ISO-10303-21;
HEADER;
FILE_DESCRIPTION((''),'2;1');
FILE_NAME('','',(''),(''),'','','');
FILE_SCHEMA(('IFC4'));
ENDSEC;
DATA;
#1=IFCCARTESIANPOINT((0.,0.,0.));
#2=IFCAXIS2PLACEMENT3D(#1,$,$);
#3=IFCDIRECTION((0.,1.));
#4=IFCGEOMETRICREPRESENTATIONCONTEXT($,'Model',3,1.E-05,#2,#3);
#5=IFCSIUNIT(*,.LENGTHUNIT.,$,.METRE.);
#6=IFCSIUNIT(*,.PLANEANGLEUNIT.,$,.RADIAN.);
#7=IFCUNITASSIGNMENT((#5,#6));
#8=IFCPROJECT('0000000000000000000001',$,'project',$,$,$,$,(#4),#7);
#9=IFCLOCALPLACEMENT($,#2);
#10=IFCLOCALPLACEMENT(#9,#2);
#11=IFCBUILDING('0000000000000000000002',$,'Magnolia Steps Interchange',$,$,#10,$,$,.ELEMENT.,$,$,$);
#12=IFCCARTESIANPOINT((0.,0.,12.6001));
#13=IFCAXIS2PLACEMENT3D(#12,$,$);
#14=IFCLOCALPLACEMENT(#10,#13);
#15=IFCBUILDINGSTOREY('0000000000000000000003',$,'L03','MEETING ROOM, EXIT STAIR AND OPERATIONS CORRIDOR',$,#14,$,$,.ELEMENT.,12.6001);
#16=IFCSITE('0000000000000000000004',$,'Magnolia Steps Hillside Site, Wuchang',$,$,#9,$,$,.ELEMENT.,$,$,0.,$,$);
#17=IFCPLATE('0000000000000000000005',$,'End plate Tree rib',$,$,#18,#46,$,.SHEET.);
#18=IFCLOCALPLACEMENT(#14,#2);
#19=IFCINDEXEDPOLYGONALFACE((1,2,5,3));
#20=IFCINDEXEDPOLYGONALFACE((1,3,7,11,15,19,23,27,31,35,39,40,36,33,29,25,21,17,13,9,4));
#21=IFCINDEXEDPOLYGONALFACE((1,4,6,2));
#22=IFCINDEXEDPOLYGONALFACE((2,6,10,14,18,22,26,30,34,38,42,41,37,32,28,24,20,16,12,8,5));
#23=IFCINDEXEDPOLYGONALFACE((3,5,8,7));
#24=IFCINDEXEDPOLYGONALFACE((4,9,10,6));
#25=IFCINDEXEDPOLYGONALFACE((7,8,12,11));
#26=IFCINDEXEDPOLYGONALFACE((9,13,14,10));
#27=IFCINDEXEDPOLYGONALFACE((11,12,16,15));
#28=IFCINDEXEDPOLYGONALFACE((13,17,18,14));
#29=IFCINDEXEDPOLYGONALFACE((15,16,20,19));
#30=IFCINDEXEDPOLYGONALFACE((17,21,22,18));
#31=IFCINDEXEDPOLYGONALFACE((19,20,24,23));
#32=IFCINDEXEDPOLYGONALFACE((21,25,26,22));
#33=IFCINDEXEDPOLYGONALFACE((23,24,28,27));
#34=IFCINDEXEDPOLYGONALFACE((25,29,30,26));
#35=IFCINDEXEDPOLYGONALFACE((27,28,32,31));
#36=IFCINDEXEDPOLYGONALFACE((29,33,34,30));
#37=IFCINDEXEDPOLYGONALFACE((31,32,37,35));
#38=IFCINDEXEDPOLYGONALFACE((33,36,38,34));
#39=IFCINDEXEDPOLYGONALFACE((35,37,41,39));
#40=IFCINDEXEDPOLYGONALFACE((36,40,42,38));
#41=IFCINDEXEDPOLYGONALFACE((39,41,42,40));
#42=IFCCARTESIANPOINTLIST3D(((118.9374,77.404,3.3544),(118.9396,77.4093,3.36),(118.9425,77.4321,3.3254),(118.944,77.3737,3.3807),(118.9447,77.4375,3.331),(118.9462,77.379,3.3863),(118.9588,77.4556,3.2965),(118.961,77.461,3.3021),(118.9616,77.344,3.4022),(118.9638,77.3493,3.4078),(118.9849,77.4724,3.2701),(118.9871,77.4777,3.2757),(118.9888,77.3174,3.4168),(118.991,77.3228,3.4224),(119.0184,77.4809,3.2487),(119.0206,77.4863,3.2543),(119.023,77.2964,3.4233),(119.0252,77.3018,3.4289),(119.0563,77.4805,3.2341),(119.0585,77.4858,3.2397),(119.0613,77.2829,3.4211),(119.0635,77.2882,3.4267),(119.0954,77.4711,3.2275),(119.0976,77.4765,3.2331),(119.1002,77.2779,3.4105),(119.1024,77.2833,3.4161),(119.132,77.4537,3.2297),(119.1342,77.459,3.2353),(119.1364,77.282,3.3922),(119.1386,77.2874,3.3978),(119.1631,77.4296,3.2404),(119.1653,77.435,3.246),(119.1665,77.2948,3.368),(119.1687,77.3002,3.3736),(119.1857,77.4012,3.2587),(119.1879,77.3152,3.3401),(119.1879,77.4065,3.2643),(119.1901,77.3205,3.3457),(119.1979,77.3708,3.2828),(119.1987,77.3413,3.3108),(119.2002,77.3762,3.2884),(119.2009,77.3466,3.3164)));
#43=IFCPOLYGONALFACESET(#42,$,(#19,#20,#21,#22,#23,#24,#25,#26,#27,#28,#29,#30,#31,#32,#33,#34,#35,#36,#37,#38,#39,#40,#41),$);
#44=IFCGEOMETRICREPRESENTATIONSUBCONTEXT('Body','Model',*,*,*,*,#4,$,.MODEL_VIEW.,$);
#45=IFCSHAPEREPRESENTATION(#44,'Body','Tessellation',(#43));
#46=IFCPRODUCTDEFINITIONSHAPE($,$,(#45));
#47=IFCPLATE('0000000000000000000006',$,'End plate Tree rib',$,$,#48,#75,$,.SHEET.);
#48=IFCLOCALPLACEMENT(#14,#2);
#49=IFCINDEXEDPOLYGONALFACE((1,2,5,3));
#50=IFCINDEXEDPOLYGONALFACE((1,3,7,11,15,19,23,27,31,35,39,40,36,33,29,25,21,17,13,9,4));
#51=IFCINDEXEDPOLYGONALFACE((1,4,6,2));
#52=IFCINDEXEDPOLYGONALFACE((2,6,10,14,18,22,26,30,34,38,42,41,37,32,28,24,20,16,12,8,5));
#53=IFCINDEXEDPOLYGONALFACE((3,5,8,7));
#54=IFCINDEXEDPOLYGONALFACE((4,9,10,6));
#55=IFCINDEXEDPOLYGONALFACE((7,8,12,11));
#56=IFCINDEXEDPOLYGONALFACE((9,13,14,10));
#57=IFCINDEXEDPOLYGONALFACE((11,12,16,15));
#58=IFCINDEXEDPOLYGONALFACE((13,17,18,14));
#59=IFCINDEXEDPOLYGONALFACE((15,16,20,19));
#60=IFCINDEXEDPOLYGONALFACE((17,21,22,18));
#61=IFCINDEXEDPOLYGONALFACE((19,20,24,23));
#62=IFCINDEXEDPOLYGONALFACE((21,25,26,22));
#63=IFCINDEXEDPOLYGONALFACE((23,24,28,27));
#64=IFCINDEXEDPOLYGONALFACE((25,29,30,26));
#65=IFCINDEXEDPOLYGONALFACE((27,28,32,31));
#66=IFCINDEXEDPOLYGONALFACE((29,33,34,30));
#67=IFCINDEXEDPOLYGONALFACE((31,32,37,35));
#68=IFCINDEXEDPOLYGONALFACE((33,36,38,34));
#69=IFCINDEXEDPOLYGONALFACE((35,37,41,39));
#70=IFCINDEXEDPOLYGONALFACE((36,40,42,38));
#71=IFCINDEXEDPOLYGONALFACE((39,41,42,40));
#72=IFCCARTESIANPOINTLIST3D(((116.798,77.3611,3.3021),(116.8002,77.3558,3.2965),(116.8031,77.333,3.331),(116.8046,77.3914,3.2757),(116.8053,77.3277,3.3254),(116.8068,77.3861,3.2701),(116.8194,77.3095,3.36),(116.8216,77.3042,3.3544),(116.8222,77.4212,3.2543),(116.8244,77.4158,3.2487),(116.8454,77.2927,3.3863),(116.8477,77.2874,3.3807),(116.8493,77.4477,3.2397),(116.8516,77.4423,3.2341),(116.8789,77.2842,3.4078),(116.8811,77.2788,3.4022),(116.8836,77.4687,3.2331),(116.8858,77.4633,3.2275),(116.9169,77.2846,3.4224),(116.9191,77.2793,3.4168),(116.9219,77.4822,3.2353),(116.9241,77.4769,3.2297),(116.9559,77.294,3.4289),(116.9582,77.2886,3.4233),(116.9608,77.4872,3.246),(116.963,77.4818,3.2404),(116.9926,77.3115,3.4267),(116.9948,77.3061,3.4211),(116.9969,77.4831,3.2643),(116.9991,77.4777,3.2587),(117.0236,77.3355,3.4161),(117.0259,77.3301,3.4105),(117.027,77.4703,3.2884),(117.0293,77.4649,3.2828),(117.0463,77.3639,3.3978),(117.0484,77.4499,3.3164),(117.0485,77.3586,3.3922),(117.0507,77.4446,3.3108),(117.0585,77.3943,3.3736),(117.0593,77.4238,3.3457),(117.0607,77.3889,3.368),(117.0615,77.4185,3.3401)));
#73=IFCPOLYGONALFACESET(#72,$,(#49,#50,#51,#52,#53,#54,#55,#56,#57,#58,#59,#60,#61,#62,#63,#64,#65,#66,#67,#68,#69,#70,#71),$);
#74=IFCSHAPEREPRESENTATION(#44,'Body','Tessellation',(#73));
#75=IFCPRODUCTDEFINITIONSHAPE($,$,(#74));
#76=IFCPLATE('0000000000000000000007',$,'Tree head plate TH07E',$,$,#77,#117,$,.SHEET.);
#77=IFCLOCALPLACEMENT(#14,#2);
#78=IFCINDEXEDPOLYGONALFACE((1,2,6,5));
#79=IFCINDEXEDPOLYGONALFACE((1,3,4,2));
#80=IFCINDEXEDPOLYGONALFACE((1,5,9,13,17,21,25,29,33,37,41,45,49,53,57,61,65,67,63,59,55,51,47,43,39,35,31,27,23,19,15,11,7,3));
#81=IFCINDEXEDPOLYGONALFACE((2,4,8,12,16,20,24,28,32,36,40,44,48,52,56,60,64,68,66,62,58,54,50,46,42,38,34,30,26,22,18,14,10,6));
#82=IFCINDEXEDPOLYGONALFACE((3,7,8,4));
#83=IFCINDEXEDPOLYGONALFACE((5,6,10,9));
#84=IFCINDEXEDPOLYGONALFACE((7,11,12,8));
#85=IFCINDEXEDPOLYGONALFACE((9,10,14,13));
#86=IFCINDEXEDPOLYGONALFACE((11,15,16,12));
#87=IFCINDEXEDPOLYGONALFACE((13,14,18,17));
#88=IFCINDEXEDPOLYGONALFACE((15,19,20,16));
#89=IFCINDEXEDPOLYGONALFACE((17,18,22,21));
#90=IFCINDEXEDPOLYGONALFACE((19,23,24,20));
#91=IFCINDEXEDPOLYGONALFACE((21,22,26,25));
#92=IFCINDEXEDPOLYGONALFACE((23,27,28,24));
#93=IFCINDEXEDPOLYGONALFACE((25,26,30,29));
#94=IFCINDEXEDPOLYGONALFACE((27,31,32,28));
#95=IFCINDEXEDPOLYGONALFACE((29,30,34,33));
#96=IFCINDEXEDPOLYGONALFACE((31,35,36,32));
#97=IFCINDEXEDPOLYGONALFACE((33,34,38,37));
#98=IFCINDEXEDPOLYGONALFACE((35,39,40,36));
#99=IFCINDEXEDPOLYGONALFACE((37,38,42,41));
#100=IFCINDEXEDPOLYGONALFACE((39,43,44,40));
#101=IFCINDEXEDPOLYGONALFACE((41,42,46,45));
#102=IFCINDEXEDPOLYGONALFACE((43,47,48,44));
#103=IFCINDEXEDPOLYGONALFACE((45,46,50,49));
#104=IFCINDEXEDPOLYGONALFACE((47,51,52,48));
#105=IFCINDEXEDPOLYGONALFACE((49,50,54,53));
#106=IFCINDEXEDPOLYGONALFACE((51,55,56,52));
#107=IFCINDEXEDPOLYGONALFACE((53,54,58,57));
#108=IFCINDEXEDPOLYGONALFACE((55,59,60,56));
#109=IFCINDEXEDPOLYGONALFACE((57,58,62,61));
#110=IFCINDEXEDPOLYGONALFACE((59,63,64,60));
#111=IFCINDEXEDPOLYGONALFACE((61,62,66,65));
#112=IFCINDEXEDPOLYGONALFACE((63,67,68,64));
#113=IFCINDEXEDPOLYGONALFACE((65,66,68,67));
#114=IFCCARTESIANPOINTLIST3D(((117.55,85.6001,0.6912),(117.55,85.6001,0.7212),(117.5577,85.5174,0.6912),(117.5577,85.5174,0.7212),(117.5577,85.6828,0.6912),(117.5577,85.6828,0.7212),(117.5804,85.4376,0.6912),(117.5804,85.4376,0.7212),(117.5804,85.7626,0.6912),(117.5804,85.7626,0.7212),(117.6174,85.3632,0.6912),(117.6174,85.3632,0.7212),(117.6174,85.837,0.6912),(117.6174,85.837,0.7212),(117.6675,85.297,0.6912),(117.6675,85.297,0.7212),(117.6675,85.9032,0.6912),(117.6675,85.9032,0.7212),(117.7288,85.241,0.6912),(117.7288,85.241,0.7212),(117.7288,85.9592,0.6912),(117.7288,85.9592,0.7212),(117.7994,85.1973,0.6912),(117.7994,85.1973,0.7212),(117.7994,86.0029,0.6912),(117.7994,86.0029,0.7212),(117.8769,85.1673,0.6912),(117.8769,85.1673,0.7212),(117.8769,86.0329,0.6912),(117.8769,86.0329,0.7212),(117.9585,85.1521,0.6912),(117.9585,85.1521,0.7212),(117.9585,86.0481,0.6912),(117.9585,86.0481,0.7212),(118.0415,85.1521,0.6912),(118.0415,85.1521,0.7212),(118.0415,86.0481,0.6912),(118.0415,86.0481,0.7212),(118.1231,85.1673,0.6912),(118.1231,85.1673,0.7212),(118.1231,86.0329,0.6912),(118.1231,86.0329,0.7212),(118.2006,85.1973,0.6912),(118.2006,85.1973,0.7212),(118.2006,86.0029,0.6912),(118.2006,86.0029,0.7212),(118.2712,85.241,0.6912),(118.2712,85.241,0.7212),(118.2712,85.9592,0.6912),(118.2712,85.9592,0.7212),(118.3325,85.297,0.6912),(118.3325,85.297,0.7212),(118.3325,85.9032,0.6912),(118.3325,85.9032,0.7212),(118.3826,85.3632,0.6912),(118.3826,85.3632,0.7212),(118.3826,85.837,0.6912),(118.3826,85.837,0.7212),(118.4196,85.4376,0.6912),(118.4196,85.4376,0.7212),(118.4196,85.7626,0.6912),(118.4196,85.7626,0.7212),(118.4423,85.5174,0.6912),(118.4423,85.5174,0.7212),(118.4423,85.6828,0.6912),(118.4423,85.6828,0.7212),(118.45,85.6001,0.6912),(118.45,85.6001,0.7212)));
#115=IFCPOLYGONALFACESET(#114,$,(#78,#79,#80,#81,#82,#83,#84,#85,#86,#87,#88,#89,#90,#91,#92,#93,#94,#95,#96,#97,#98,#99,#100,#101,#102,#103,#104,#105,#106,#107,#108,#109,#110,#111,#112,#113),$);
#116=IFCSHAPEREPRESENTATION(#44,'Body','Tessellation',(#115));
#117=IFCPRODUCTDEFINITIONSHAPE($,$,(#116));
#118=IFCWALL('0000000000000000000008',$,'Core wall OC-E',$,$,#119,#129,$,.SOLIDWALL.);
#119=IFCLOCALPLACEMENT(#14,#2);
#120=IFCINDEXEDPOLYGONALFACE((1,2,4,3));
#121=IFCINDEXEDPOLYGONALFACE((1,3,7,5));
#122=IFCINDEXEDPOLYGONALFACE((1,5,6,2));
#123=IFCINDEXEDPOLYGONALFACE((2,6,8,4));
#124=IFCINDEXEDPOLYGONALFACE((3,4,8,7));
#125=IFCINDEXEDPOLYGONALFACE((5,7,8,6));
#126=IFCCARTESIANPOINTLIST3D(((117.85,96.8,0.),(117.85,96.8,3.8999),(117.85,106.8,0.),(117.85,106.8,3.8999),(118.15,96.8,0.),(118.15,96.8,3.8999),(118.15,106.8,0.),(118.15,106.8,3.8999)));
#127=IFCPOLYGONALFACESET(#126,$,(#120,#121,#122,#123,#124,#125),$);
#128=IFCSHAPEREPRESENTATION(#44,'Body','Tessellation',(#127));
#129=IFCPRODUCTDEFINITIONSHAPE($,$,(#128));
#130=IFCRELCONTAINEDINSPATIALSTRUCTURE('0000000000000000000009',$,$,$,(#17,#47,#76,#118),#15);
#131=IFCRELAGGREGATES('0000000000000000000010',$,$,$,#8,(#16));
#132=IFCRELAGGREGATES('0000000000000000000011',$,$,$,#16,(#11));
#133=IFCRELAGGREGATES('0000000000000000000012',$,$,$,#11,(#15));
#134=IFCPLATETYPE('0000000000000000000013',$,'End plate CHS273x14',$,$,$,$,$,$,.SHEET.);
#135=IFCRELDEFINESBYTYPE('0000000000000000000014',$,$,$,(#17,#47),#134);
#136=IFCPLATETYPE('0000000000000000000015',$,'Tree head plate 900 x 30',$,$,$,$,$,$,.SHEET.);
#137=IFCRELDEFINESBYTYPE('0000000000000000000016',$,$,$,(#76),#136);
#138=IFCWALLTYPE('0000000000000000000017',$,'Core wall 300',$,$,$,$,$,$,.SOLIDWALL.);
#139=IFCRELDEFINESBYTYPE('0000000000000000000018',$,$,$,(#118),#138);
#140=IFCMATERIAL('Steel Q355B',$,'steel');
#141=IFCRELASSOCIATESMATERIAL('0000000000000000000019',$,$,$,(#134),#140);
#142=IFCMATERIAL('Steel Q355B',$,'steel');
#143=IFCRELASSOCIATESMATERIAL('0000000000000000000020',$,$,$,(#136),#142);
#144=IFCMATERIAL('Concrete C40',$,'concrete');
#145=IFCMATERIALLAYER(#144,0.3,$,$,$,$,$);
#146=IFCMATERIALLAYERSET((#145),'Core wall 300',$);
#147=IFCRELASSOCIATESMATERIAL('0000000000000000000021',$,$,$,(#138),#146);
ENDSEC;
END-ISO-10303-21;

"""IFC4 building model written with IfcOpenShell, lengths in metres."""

from ifc_helpers import new_model, si_unit, direction, frame, frame_2d, origin, origin_2d, place, context, subcontext, project, spatial, rectangle, circle, extrude, material, layer, layer_set, material_profile, profile_set, type_object, element, save


model = new_model("IFC4")

# Units and contexts
model_context = context("Model", 3, precision=1e-05, world=origin(), true_north=direction((0.0, 1.0)))
body_context = subcontext(model_context, "Body", "Model", "MODEL_VIEW")
ifc_project = project(units=[si_unit("LENGTHUNIT", "METRE"), si_unit("PLANEANGLEUNIT", "RADIAN")], contexts=[model_context])

# Site, building, storey
site_placement = place(None, origin())
site = spatial("IfcSite", under=ifc_project, at=site_placement, Name="Magnolia Steps Hillside Site, Wuchang", CompositionType="ELEMENT", RefElevation=0.0)
building_placement = place(site_placement, origin())
building = spatial("IfcBuilding", under=site, at=building_placement, Name="Magnolia Steps Interchange", CompositionType="ELEMENT")
storey_placement = place(building_placement, frame((0.0, 0.0, 12.6001)))
storey = spatial("IfcBuildingStorey", under=building, at=storey_placement, Name="L03", Description="MEETING ROOM, EXIT STAIR AND OPERATIONS CORRIDOR", CompositionType="ELEMENT", Elevation=12.6001)

# Plates
ifc_material_1 = material(Name="Steel Q355B", Category="steel")
ifc_material_profile_1 = material_profile(ifc_material_1, circle(Radius=0.1365, at=origin_2d()), Name="End plate CHS273x14")
ifc_profile_set_1 = profile_set([ifc_material_profile_1], Name="Steel Q355B")
plate_type_1 = type_object("IfcPlateType", Name="End plate CHS273x14", PredefinedType="SHEET", material=ifc_profile_set_1)
for number, where, z_axis, x_axis, name in (
    (1, (119.0686, 77.3799, 3.3254), (0.275279, 0.664583, 0.694658), (-0.92388, 0.382683, 0.0), "End plate Tree rib"),
    (2, (116.9314, 77.3799, 3.3254), (-0.275279, 0.664583, 0.694658), (-0.92388, -0.382683, 0.0), "End plate Tree rib"),
):
    element("IfcPlate", number, at=place(storey_placement, frame(where, z_axis=z_axis, x_axis=x_axis)), inside=storey, type_object=plate_type_1, Name=name, PredefinedType="SHEET", context=body_context, shape_type="SweptSolid", body=[
        extrude(circle(Radius=0.1365, at=origin_2d()), origin(), (0.0, 0.0, 1.0), 0.0081),
    ])
ifc_material_2 = material(Name="Steel Q355B", Category="steel")
ifc_material_profile_2 = material_profile(ifc_material_2, circle(Radius=0.45, at=origin_2d()), Name="Tree head plate 900 x 30")
ifc_profile_set_2 = profile_set([ifc_material_profile_2], Name="Steel Q355B")
plate_type_2 = type_object("IfcPlateType", Name="Tree head plate 900 x 30", PredefinedType="SHEET", material=ifc_profile_set_2)
plate_placement = place(storey_placement, frame((118.0, 85.6001, 0.6912), z_axis=(0.0, 0.0, 1.0), x_axis=(1.0, 0.0, 0.0)))
element("IfcPlate", 3, at=plate_placement, inside=storey, type_object=plate_type_2, Name="Tree head plate TH07E", PredefinedType="SHEET", context=body_context, shape_type="SweptSolid", body=[
    extrude(circle(Radius=0.45, at=origin_2d()), origin(), (0.0, 0.0, 1.0), 0.03),
])

# Wall
ifc_material_3 = material(Name="Concrete C40", Category="concrete")
ifc_layer = layer(ifc_material_3, 0.3)
ifc_layer_set = layer_set([ifc_layer], Name="Core wall 300")
wall_type = type_object("IfcWallType", Name="Core wall 300", PredefinedType="SOLIDWALL", material=ifc_layer_set)
wall_placement = place(storey_placement, frame((118.0, 96.8, 0.0), z_axis=(0.0, 0.0, 1.0), x_axis=(0.0, 1.0, 0.0)))
element("IfcWall", 4, at=wall_placement, inside=storey, type_object=wall_type, Name="Core wall OC-E", PredefinedType="SOLIDWALL", context=body_context, shape_type="SweptSolid", body=[
    extrude(rectangle(XDim=10.0, YDim=0.3, at=frame_2d((5.0, 0.0))), origin(), (0.0, 0.0, 1.0), 3.8999),
])

save(model, "model.ifc")
